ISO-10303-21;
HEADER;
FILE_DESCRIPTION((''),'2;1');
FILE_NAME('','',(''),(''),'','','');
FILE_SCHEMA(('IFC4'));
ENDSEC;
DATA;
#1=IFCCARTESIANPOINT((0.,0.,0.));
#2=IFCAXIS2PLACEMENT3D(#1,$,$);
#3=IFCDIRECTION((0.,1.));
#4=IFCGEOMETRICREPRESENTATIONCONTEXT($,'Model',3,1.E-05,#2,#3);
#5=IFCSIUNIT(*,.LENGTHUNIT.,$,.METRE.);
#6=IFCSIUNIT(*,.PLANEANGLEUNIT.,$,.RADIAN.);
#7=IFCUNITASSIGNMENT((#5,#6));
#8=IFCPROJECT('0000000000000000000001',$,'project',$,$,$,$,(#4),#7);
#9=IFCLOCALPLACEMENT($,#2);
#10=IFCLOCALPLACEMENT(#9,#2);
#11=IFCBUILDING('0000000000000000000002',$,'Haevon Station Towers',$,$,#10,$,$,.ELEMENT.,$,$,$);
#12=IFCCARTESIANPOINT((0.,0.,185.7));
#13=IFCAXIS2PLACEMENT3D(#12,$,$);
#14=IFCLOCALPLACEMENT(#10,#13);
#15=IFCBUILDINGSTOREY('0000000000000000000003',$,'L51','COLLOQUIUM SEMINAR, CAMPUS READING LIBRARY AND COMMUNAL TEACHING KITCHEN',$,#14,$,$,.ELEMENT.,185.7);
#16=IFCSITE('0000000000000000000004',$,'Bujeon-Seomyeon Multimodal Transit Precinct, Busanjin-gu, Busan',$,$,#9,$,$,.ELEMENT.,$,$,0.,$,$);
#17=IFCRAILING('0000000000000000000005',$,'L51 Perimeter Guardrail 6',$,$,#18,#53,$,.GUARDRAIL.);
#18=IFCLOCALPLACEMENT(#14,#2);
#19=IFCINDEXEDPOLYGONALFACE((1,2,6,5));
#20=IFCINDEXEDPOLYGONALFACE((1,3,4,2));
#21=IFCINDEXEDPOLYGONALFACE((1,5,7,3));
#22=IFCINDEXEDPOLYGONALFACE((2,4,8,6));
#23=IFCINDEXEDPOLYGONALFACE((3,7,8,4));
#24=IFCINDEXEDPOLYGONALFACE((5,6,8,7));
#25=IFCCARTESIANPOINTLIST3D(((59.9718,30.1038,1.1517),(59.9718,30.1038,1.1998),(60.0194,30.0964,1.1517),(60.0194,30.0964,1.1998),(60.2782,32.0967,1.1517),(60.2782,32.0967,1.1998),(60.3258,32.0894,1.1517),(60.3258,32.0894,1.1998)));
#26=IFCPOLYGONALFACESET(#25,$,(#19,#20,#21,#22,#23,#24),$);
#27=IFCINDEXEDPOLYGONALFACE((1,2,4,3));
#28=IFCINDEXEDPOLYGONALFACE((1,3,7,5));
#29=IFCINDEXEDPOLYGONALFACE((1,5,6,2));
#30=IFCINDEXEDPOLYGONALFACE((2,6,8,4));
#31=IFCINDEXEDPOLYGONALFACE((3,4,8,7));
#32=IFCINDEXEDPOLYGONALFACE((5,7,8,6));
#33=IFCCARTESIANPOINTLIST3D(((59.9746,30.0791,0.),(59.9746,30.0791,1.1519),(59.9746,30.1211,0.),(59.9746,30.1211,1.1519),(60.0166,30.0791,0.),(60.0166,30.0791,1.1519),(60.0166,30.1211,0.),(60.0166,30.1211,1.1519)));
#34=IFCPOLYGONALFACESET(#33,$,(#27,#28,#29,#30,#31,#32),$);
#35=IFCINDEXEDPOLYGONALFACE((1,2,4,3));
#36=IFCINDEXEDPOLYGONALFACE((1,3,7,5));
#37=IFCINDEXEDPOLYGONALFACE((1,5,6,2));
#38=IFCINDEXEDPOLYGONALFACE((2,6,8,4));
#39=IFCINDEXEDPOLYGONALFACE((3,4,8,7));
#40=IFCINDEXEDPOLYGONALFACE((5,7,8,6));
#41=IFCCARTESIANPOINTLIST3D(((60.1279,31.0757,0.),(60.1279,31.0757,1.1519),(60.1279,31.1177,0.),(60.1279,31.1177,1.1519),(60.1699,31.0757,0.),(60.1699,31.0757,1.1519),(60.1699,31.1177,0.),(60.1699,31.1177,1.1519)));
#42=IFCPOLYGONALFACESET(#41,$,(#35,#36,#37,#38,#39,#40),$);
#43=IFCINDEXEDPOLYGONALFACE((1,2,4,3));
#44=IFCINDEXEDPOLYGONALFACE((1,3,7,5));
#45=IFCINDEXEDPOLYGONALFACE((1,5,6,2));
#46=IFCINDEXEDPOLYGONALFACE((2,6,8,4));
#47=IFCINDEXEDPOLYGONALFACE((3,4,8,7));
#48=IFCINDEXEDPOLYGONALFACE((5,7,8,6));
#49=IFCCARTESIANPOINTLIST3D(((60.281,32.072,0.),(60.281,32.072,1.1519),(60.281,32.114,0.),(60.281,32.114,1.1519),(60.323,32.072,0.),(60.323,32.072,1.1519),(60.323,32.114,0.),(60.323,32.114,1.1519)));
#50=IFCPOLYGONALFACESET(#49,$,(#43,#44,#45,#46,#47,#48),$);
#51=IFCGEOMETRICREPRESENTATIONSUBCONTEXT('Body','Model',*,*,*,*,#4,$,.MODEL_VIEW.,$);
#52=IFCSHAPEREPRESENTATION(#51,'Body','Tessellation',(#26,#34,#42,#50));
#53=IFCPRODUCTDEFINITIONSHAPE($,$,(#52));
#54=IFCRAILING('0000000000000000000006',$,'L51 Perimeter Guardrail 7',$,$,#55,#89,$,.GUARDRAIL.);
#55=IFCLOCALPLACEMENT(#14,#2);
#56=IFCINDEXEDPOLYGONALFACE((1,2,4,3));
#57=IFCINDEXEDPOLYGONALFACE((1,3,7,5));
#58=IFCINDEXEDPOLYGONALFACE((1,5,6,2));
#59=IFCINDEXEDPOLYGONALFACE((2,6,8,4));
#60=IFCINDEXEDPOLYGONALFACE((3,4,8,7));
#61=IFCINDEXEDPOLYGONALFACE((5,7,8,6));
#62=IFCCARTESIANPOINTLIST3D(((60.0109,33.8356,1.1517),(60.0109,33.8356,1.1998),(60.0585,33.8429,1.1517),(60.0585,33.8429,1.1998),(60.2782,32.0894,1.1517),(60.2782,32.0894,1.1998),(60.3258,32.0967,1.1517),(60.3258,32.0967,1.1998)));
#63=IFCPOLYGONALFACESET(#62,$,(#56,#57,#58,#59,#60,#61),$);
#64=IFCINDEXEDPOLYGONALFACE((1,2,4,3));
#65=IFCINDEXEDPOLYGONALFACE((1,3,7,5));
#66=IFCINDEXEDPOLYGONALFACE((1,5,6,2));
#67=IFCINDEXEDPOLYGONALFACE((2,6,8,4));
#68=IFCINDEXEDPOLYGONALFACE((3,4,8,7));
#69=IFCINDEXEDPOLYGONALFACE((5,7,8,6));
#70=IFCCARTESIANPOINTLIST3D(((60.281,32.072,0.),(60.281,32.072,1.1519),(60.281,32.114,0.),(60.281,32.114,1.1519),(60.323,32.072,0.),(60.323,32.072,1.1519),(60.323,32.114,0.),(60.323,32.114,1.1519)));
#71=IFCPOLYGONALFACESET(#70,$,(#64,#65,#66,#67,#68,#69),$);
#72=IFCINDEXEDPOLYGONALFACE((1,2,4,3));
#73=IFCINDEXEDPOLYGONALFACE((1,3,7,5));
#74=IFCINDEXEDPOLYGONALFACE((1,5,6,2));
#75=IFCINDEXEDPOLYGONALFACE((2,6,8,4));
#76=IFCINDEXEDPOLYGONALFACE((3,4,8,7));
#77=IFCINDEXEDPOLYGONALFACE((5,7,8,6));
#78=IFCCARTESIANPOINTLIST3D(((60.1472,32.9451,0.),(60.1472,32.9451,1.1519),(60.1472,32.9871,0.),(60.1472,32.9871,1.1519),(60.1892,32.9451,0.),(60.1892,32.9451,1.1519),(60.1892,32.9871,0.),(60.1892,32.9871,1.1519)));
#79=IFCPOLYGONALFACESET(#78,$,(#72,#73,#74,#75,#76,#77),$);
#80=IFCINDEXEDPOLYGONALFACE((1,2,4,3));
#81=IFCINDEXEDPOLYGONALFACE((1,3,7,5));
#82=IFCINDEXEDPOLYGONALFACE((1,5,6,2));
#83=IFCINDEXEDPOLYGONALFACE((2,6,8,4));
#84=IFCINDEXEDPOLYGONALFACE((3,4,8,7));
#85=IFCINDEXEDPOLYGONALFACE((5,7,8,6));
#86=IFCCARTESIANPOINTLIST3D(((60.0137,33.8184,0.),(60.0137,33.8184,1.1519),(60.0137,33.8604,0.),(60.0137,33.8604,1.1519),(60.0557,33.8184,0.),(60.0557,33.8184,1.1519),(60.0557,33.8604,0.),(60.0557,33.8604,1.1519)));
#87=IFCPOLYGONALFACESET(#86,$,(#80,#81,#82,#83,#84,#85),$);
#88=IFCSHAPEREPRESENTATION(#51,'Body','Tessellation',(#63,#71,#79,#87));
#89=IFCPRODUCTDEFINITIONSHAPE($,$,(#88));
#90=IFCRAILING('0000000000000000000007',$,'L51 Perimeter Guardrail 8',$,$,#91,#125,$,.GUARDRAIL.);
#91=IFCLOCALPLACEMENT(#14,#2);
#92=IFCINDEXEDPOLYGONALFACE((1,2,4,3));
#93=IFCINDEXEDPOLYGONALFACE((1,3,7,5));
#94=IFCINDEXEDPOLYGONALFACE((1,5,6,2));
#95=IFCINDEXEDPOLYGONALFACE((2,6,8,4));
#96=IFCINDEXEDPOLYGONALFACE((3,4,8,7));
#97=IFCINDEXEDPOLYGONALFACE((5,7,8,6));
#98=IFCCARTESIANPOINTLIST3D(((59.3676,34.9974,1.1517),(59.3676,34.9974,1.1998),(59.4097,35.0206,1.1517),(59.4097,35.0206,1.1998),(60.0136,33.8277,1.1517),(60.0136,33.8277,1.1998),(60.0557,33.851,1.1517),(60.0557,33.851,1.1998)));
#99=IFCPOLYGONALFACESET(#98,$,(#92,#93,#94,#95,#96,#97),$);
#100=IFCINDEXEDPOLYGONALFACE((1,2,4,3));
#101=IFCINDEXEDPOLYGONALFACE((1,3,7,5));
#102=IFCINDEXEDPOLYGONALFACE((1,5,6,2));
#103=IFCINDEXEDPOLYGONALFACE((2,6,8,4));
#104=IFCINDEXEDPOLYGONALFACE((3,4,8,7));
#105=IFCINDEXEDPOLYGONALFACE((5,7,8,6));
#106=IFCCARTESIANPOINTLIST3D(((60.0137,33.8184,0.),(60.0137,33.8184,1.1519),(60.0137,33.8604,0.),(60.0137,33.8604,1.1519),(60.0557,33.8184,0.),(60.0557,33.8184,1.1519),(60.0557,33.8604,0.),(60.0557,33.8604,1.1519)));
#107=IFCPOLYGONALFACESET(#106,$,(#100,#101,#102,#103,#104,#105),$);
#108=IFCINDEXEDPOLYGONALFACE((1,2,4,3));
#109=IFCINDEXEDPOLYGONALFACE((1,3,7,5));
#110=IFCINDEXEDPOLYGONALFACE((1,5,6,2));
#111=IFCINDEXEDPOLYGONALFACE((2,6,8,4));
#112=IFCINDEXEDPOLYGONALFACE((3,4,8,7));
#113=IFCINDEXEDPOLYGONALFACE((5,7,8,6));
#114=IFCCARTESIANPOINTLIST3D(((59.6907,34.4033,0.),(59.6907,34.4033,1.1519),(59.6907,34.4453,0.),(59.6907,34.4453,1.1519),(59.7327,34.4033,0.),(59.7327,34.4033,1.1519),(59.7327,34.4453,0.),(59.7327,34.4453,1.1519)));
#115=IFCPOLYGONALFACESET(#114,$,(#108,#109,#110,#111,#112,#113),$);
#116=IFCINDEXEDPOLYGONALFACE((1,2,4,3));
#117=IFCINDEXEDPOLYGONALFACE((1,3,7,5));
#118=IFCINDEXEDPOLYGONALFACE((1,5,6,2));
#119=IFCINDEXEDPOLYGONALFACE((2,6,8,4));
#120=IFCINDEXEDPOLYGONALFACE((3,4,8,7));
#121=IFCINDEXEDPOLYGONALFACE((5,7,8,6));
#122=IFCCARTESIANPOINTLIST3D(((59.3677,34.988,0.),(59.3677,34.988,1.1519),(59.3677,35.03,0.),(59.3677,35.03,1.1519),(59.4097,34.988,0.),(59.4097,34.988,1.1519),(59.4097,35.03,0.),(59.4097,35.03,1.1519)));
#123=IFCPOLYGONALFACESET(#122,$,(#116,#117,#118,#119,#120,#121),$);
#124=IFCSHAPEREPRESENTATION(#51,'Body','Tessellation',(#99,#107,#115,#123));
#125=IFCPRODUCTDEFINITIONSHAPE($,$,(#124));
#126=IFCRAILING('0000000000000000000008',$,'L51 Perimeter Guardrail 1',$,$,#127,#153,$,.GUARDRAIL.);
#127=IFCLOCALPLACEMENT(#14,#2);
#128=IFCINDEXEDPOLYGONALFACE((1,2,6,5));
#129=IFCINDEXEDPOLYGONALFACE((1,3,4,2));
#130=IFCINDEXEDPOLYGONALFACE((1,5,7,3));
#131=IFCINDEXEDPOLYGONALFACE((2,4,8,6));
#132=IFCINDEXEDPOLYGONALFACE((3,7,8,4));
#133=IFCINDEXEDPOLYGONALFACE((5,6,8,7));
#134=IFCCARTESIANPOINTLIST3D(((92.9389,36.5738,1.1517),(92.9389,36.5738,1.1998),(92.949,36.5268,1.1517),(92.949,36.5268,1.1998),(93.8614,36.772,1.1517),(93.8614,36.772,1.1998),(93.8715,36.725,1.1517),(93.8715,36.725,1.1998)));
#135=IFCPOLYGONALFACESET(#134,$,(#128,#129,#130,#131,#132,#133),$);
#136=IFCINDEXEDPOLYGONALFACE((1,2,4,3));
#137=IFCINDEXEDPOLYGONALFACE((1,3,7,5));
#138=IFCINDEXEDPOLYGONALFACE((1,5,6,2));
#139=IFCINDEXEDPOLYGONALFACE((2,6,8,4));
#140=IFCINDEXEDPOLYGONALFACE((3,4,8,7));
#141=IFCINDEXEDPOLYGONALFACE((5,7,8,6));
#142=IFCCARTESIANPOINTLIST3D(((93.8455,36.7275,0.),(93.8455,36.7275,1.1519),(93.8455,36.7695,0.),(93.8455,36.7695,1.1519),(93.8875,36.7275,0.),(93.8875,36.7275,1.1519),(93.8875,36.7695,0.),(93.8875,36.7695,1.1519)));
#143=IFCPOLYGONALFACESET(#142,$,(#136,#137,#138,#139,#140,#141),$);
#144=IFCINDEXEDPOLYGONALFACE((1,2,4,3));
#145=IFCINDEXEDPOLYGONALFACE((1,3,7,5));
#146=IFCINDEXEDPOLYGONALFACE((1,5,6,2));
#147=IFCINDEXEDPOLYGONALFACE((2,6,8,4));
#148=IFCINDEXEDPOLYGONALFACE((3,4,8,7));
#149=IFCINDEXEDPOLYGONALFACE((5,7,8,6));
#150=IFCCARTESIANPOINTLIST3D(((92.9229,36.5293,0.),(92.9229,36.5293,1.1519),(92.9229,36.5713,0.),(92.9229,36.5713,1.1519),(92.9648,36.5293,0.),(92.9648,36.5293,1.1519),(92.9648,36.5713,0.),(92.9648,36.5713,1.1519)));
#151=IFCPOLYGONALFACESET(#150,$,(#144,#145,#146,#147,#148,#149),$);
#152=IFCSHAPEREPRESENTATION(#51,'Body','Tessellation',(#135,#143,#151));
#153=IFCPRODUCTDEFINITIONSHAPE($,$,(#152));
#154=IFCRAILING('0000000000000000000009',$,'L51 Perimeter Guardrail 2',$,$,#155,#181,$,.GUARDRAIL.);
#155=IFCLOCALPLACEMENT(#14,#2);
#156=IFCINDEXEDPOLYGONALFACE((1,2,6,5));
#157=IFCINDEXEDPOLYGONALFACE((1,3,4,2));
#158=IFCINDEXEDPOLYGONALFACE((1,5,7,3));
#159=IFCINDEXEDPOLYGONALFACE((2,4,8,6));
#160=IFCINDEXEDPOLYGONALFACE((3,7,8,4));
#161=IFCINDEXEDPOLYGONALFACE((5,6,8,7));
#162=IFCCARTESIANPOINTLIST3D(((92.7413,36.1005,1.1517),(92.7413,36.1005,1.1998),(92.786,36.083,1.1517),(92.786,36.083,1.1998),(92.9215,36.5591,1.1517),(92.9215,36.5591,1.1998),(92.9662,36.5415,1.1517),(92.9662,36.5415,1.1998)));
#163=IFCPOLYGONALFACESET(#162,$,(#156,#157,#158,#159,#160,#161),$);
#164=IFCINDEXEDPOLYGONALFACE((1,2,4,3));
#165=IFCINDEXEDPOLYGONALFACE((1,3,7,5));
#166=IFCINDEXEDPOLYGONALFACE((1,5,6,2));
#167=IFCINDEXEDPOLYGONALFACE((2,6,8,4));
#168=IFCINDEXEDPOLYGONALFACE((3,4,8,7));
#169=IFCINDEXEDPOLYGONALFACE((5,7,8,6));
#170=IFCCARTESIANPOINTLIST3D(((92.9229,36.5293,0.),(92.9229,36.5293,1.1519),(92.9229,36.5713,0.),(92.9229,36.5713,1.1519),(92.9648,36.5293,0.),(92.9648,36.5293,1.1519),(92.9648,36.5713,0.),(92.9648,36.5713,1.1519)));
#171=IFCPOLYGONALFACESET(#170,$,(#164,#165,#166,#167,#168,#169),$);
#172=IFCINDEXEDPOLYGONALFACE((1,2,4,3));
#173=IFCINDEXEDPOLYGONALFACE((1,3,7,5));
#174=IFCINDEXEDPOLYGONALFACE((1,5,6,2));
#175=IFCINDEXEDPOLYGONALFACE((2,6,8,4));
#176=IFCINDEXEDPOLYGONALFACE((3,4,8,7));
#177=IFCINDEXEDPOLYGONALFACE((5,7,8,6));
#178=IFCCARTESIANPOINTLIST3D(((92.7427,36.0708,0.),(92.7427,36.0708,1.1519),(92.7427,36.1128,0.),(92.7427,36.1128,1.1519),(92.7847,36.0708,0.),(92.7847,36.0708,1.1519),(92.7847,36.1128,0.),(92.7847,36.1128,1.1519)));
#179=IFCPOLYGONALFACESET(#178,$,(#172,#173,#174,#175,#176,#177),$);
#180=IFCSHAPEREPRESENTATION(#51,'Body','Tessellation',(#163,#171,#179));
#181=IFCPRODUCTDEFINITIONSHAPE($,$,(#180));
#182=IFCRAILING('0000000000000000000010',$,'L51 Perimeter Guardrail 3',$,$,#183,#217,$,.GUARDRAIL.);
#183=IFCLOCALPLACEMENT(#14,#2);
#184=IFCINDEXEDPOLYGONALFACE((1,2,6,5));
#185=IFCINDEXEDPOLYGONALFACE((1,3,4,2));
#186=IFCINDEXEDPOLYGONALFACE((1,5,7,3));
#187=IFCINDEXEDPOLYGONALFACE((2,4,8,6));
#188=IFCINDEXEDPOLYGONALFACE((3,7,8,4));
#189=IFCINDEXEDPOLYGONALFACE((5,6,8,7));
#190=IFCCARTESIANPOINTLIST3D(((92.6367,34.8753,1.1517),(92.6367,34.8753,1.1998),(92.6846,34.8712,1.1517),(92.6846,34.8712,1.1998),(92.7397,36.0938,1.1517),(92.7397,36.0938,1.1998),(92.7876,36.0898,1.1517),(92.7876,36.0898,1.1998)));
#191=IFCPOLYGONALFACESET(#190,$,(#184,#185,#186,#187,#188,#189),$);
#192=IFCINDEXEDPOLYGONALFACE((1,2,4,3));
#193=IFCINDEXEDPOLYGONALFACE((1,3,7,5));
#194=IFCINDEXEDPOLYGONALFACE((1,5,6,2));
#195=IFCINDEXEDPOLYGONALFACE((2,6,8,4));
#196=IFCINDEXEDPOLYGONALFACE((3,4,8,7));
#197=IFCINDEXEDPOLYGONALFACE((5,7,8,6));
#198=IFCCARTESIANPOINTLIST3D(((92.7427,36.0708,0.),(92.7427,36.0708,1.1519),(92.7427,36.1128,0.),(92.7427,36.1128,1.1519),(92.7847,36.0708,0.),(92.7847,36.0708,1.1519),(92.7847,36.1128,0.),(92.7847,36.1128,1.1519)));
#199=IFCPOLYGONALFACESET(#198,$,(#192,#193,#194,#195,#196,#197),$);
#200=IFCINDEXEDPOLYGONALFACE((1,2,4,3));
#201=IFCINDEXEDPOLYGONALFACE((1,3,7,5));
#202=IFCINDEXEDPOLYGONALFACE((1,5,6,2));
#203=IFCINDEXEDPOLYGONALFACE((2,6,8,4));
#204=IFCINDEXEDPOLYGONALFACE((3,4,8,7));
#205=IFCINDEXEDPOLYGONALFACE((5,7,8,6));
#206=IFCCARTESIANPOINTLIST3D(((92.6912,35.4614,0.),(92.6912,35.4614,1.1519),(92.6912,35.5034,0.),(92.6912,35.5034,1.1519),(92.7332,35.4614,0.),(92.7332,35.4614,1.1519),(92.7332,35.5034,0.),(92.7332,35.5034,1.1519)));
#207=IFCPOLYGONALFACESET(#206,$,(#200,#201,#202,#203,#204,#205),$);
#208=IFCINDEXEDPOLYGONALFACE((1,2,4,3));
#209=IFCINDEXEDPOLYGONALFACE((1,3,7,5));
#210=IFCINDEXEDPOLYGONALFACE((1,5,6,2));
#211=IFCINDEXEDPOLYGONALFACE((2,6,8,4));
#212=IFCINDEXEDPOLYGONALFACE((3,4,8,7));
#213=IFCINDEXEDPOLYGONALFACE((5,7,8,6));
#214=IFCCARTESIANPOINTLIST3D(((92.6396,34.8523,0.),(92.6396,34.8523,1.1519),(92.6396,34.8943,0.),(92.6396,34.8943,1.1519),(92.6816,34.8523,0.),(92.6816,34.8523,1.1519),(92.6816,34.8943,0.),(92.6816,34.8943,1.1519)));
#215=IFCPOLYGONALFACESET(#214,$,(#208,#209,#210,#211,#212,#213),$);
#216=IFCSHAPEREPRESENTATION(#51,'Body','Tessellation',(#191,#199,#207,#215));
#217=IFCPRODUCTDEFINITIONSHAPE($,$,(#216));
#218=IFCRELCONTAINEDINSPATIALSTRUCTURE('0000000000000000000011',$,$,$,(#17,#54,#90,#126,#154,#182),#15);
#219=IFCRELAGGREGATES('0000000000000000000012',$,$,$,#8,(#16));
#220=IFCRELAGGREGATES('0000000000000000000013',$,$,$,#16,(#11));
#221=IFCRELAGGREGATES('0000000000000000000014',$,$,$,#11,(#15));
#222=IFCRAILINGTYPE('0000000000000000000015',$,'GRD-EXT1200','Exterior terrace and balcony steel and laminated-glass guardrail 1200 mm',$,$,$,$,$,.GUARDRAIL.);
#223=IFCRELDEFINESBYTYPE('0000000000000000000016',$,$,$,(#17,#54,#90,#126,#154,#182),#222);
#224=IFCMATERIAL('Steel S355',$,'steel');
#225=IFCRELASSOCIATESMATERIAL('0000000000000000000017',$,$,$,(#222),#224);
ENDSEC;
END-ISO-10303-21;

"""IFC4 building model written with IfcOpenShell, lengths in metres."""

from ifc_helpers import new_model, si_unit, direction, frame, origin, origin_2d, place, context, subcontext, project, spatial, rectangle, extrude, material, type_object, element, save


model = new_model("IFC4")

# Units and contexts
model_context = context("Model", 3, precision=1e-05, world=origin(), true_north=direction((0.0, 1.0)))
body_context = subcontext(model_context, "Body", "Model", "MODEL_VIEW")
ifc_project = project(units=[si_unit("LENGTHUNIT", "METRE"), si_unit("PLANEANGLEUNIT", "RADIAN")], contexts=[model_context])

# Site, building, storey
site_placement = place(None, origin())
site = spatial("IfcSite", under=ifc_project, at=site_placement, Name="Bujeon-Seomyeon Multimodal Transit Precinct, Busanjin-gu, Busan", CompositionType="ELEMENT", RefElevation=0.0)
building_placement = place(site_placement, origin())
building = spatial("IfcBuilding", under=site, at=building_placement, Name="Haevon Station Towers", CompositionType="ELEMENT")
storey_placement = place(building_placement, frame((0.0, 0.0, 185.7)))
storey = spatial("IfcBuildingStorey", under=building, at=storey_placement, Name="L51", Description="COLLOQUIUM SEMINAR, CAMPUS READING LIBRARY AND COMMUNAL TEACHING KITCHEN", CompositionType="ELEMENT", Elevation=185.7)

# Shared definitions
ifc_material_1 = material(Name="Steel S355", Category="steel")

# Railings
railing_type = type_object("IfcRailingType", Name="GRD-EXT1200", Description="Exterior terrace and balcony steel and laminated-glass guardrail 1200 mm", PredefinedType="GUARDRAIL", material=ifc_material_1)
railing_1_placement = place(storey_placement, frame((59.9956, 30.1001, 0.0)))
element("IfcRailing", 1, at=railing_1_placement, inside=storey, type_object=railing_type, Name="L51 Perimeter Guardrail 6", PredefinedType="GUARDRAIL", context=body_context, shape_type="SweptSolid", body=[
    extrude(rectangle(XDim=0.0481, YDim=0.0481, at=origin_2d()), frame((0.0, 0.0, 1.1758), z_axis=(0.151957, 0.988387, 0.0), x_axis=(-0.988387, 0.151957, 0.0)), (0.0, 0.0, 1.0), 2.0164),
    extrude(rectangle(XDim=0.042, YDim=0.042, at=origin_2d()), origin(), (0.0, 0.0, 1.0), 1.1519),
    extrude(rectangle(XDim=0.042, YDim=0.042, at=origin_2d()), frame((0.1533, 0.9966, 0.0)), (0.0, 0.0, 1.0), 1.1519),
    extrude(rectangle(XDim=0.042, YDim=0.042, at=origin_2d()), frame((0.3064, 1.9929, 0.0)), (0.0, 0.0, 1.0), 1.1519),
])
railing_2_placement = place(storey_placement, frame((60.302, 32.093, 0.0)))
element("IfcRailing", 2, at=railing_2_placement, inside=storey, type_object=railing_type, Name="L51 Perimeter Guardrail 7", PredefinedType="GUARDRAIL", context=body_context, shape_type="SweptSolid", body=[
    extrude(rectangle(XDim=0.0481, YDim=0.0481, at=origin_2d()), frame((0.0, 0.0, 1.1758), z_axis=(-0.15132, 0.988485, 0.0), x_axis=(-0.988485, -0.15132, 0.0)), (0.0, 0.0, 1.0), 1.7666),
    extrude(rectangle(XDim=0.042, YDim=0.042, at=origin_2d()), origin(), (0.0, 0.0, 1.0), 1.1519),
    extrude(rectangle(XDim=0.042, YDim=0.042, at=origin_2d()), frame((-0.1338, 0.873, 0.0)), (0.0, 0.0, 1.0), 1.1519),
    extrude(rectangle(XDim=0.042, YDim=0.042, at=origin_2d()), frame((-0.2673, 1.7463, 0.0)), (0.0, 0.0, 1.0), 1.1519),
])
railing_3_placement = place(storey_placement, frame((60.0347, 33.8394, 0.0)))
element("IfcRailing", 3, at=railing_3_placement, inside=storey, type_object=railing_type, Name="L51 Perimeter Guardrail 8", PredefinedType="GUARDRAIL", context=body_context, shape_type="SweptSolid", body=[
    extrude(rectangle(XDim=0.0481, YDim=0.0481, at=origin_2d()), frame((0.0, 0.0, 1.1758), z_axis=(-0.483454, 0.87537, 0.0), x_axis=(-0.87537, -0.483454, 0.0)), (0.0, 0.0, 1.0), 1.3362),
    extrude(rectangle(XDim=0.042, YDim=0.042, at=origin_2d()), origin(), (0.0, 0.0, 1.0), 1.1519),
    extrude(rectangle(XDim=0.042, YDim=0.042, at=origin_2d()), frame((-0.323, 0.585, 0.0)), (0.0, 0.0, 1.0), 1.1519),
    extrude(rectangle(XDim=0.042, YDim=0.042, at=origin_2d()), frame((-0.646, 1.1697, 0.0)), (0.0, 0.0, 1.0), 1.1519),
])
railing_4_placement = place(storey_placement, frame((93.8665, 36.7485, 0.0)))
element("IfcRailing", 4, at=railing_4_placement, inside=storey, type_object=railing_type, Name="L51 Perimeter Guardrail 1", PredefinedType="GUARDRAIL", context=body_context, shape_type="SweptSolid", body=[
    extrude(rectangle(XDim=0.0481, YDim=0.0481, at=origin_2d()), frame((0.0, 0.0, 1.1758), z_axis=(-0.977685, -0.210077, 0.0), x_axis=(0.210077, -0.977685, 0.0)), (0.0, 0.0, 1.0), 0.9436),
    extrude(rectangle(XDim=0.042, YDim=0.042, at=origin_2d()), origin(), (0.0, 0.0, 1.0), 1.1519),
    extrude(rectangle(XDim=0.042, YDim=0.042, at=origin_2d()), frame((-0.9226, -0.1982, 0.0)), (0.0, 0.0, 1.0), 1.1519),
])
railing_5_placement = place(storey_placement, frame((92.9438, 36.5503, 0.0)))
element("IfcRailing", 5, at=railing_5_placement, inside=storey, type_object=railing_type, Name="L51 Perimeter Guardrail 2", PredefinedType="GUARDRAIL", context=body_context, shape_type="SweptSolid", body=[
    extrude(rectangle(XDim=0.0481, YDim=0.0481, at=origin_2d()), frame((0.0, 0.0, 1.1758), z_axis=(-0.365744, -0.930715, 0.0), x_axis=(0.930715, -0.365744, 0.0)), (0.0, 0.0, 1.0), 0.4927),
    extrude(rectangle(XDim=0.042, YDim=0.042, at=origin_2d()), origin(), (0.0, 0.0, 1.0), 1.1519),
    extrude(rectangle(XDim=0.042, YDim=0.042, at=origin_2d()), frame((-0.1802, -0.4585, 0.0)), (0.0, 0.0, 1.0), 1.1519),
])
railing_6_placement = place(storey_placement, frame((92.7637, 36.0918, 0.0)))
element("IfcRailing", 6, at=railing_6_placement, inside=storey, type_object=railing_type, Name="L51 Perimeter Guardrail 3", PredefinedType="GUARDRAIL", context=body_context, shape_type="SweptSolid", body=[
    extrude(rectangle(XDim=0.0481, YDim=0.0481, at=origin_2d()), frame((0.0, 0.0, 1.1758), z_axis=(-0.084252, -0.996445, 0.0), x_axis=(0.996445, -0.084252, 0.0)), (0.0, 0.0, 1.0), 1.2229),
    extrude(rectangle(XDim=0.042, YDim=0.042, at=origin_2d()), origin(), (0.0, 0.0, 1.0), 1.1519),
    extrude(rectangle(XDim=0.042, YDim=0.042, at=origin_2d()), frame((-0.0515, -0.6094, 0.0)), (0.0, 0.0, 1.0), 1.1519),
    extrude(rectangle(XDim=0.042, YDim=0.042, at=origin_2d()), frame((-0.103, -1.2185, 0.0)), (0.0, 0.0, 1.0), 1.1519),
])

save(model, "model.ifc")
